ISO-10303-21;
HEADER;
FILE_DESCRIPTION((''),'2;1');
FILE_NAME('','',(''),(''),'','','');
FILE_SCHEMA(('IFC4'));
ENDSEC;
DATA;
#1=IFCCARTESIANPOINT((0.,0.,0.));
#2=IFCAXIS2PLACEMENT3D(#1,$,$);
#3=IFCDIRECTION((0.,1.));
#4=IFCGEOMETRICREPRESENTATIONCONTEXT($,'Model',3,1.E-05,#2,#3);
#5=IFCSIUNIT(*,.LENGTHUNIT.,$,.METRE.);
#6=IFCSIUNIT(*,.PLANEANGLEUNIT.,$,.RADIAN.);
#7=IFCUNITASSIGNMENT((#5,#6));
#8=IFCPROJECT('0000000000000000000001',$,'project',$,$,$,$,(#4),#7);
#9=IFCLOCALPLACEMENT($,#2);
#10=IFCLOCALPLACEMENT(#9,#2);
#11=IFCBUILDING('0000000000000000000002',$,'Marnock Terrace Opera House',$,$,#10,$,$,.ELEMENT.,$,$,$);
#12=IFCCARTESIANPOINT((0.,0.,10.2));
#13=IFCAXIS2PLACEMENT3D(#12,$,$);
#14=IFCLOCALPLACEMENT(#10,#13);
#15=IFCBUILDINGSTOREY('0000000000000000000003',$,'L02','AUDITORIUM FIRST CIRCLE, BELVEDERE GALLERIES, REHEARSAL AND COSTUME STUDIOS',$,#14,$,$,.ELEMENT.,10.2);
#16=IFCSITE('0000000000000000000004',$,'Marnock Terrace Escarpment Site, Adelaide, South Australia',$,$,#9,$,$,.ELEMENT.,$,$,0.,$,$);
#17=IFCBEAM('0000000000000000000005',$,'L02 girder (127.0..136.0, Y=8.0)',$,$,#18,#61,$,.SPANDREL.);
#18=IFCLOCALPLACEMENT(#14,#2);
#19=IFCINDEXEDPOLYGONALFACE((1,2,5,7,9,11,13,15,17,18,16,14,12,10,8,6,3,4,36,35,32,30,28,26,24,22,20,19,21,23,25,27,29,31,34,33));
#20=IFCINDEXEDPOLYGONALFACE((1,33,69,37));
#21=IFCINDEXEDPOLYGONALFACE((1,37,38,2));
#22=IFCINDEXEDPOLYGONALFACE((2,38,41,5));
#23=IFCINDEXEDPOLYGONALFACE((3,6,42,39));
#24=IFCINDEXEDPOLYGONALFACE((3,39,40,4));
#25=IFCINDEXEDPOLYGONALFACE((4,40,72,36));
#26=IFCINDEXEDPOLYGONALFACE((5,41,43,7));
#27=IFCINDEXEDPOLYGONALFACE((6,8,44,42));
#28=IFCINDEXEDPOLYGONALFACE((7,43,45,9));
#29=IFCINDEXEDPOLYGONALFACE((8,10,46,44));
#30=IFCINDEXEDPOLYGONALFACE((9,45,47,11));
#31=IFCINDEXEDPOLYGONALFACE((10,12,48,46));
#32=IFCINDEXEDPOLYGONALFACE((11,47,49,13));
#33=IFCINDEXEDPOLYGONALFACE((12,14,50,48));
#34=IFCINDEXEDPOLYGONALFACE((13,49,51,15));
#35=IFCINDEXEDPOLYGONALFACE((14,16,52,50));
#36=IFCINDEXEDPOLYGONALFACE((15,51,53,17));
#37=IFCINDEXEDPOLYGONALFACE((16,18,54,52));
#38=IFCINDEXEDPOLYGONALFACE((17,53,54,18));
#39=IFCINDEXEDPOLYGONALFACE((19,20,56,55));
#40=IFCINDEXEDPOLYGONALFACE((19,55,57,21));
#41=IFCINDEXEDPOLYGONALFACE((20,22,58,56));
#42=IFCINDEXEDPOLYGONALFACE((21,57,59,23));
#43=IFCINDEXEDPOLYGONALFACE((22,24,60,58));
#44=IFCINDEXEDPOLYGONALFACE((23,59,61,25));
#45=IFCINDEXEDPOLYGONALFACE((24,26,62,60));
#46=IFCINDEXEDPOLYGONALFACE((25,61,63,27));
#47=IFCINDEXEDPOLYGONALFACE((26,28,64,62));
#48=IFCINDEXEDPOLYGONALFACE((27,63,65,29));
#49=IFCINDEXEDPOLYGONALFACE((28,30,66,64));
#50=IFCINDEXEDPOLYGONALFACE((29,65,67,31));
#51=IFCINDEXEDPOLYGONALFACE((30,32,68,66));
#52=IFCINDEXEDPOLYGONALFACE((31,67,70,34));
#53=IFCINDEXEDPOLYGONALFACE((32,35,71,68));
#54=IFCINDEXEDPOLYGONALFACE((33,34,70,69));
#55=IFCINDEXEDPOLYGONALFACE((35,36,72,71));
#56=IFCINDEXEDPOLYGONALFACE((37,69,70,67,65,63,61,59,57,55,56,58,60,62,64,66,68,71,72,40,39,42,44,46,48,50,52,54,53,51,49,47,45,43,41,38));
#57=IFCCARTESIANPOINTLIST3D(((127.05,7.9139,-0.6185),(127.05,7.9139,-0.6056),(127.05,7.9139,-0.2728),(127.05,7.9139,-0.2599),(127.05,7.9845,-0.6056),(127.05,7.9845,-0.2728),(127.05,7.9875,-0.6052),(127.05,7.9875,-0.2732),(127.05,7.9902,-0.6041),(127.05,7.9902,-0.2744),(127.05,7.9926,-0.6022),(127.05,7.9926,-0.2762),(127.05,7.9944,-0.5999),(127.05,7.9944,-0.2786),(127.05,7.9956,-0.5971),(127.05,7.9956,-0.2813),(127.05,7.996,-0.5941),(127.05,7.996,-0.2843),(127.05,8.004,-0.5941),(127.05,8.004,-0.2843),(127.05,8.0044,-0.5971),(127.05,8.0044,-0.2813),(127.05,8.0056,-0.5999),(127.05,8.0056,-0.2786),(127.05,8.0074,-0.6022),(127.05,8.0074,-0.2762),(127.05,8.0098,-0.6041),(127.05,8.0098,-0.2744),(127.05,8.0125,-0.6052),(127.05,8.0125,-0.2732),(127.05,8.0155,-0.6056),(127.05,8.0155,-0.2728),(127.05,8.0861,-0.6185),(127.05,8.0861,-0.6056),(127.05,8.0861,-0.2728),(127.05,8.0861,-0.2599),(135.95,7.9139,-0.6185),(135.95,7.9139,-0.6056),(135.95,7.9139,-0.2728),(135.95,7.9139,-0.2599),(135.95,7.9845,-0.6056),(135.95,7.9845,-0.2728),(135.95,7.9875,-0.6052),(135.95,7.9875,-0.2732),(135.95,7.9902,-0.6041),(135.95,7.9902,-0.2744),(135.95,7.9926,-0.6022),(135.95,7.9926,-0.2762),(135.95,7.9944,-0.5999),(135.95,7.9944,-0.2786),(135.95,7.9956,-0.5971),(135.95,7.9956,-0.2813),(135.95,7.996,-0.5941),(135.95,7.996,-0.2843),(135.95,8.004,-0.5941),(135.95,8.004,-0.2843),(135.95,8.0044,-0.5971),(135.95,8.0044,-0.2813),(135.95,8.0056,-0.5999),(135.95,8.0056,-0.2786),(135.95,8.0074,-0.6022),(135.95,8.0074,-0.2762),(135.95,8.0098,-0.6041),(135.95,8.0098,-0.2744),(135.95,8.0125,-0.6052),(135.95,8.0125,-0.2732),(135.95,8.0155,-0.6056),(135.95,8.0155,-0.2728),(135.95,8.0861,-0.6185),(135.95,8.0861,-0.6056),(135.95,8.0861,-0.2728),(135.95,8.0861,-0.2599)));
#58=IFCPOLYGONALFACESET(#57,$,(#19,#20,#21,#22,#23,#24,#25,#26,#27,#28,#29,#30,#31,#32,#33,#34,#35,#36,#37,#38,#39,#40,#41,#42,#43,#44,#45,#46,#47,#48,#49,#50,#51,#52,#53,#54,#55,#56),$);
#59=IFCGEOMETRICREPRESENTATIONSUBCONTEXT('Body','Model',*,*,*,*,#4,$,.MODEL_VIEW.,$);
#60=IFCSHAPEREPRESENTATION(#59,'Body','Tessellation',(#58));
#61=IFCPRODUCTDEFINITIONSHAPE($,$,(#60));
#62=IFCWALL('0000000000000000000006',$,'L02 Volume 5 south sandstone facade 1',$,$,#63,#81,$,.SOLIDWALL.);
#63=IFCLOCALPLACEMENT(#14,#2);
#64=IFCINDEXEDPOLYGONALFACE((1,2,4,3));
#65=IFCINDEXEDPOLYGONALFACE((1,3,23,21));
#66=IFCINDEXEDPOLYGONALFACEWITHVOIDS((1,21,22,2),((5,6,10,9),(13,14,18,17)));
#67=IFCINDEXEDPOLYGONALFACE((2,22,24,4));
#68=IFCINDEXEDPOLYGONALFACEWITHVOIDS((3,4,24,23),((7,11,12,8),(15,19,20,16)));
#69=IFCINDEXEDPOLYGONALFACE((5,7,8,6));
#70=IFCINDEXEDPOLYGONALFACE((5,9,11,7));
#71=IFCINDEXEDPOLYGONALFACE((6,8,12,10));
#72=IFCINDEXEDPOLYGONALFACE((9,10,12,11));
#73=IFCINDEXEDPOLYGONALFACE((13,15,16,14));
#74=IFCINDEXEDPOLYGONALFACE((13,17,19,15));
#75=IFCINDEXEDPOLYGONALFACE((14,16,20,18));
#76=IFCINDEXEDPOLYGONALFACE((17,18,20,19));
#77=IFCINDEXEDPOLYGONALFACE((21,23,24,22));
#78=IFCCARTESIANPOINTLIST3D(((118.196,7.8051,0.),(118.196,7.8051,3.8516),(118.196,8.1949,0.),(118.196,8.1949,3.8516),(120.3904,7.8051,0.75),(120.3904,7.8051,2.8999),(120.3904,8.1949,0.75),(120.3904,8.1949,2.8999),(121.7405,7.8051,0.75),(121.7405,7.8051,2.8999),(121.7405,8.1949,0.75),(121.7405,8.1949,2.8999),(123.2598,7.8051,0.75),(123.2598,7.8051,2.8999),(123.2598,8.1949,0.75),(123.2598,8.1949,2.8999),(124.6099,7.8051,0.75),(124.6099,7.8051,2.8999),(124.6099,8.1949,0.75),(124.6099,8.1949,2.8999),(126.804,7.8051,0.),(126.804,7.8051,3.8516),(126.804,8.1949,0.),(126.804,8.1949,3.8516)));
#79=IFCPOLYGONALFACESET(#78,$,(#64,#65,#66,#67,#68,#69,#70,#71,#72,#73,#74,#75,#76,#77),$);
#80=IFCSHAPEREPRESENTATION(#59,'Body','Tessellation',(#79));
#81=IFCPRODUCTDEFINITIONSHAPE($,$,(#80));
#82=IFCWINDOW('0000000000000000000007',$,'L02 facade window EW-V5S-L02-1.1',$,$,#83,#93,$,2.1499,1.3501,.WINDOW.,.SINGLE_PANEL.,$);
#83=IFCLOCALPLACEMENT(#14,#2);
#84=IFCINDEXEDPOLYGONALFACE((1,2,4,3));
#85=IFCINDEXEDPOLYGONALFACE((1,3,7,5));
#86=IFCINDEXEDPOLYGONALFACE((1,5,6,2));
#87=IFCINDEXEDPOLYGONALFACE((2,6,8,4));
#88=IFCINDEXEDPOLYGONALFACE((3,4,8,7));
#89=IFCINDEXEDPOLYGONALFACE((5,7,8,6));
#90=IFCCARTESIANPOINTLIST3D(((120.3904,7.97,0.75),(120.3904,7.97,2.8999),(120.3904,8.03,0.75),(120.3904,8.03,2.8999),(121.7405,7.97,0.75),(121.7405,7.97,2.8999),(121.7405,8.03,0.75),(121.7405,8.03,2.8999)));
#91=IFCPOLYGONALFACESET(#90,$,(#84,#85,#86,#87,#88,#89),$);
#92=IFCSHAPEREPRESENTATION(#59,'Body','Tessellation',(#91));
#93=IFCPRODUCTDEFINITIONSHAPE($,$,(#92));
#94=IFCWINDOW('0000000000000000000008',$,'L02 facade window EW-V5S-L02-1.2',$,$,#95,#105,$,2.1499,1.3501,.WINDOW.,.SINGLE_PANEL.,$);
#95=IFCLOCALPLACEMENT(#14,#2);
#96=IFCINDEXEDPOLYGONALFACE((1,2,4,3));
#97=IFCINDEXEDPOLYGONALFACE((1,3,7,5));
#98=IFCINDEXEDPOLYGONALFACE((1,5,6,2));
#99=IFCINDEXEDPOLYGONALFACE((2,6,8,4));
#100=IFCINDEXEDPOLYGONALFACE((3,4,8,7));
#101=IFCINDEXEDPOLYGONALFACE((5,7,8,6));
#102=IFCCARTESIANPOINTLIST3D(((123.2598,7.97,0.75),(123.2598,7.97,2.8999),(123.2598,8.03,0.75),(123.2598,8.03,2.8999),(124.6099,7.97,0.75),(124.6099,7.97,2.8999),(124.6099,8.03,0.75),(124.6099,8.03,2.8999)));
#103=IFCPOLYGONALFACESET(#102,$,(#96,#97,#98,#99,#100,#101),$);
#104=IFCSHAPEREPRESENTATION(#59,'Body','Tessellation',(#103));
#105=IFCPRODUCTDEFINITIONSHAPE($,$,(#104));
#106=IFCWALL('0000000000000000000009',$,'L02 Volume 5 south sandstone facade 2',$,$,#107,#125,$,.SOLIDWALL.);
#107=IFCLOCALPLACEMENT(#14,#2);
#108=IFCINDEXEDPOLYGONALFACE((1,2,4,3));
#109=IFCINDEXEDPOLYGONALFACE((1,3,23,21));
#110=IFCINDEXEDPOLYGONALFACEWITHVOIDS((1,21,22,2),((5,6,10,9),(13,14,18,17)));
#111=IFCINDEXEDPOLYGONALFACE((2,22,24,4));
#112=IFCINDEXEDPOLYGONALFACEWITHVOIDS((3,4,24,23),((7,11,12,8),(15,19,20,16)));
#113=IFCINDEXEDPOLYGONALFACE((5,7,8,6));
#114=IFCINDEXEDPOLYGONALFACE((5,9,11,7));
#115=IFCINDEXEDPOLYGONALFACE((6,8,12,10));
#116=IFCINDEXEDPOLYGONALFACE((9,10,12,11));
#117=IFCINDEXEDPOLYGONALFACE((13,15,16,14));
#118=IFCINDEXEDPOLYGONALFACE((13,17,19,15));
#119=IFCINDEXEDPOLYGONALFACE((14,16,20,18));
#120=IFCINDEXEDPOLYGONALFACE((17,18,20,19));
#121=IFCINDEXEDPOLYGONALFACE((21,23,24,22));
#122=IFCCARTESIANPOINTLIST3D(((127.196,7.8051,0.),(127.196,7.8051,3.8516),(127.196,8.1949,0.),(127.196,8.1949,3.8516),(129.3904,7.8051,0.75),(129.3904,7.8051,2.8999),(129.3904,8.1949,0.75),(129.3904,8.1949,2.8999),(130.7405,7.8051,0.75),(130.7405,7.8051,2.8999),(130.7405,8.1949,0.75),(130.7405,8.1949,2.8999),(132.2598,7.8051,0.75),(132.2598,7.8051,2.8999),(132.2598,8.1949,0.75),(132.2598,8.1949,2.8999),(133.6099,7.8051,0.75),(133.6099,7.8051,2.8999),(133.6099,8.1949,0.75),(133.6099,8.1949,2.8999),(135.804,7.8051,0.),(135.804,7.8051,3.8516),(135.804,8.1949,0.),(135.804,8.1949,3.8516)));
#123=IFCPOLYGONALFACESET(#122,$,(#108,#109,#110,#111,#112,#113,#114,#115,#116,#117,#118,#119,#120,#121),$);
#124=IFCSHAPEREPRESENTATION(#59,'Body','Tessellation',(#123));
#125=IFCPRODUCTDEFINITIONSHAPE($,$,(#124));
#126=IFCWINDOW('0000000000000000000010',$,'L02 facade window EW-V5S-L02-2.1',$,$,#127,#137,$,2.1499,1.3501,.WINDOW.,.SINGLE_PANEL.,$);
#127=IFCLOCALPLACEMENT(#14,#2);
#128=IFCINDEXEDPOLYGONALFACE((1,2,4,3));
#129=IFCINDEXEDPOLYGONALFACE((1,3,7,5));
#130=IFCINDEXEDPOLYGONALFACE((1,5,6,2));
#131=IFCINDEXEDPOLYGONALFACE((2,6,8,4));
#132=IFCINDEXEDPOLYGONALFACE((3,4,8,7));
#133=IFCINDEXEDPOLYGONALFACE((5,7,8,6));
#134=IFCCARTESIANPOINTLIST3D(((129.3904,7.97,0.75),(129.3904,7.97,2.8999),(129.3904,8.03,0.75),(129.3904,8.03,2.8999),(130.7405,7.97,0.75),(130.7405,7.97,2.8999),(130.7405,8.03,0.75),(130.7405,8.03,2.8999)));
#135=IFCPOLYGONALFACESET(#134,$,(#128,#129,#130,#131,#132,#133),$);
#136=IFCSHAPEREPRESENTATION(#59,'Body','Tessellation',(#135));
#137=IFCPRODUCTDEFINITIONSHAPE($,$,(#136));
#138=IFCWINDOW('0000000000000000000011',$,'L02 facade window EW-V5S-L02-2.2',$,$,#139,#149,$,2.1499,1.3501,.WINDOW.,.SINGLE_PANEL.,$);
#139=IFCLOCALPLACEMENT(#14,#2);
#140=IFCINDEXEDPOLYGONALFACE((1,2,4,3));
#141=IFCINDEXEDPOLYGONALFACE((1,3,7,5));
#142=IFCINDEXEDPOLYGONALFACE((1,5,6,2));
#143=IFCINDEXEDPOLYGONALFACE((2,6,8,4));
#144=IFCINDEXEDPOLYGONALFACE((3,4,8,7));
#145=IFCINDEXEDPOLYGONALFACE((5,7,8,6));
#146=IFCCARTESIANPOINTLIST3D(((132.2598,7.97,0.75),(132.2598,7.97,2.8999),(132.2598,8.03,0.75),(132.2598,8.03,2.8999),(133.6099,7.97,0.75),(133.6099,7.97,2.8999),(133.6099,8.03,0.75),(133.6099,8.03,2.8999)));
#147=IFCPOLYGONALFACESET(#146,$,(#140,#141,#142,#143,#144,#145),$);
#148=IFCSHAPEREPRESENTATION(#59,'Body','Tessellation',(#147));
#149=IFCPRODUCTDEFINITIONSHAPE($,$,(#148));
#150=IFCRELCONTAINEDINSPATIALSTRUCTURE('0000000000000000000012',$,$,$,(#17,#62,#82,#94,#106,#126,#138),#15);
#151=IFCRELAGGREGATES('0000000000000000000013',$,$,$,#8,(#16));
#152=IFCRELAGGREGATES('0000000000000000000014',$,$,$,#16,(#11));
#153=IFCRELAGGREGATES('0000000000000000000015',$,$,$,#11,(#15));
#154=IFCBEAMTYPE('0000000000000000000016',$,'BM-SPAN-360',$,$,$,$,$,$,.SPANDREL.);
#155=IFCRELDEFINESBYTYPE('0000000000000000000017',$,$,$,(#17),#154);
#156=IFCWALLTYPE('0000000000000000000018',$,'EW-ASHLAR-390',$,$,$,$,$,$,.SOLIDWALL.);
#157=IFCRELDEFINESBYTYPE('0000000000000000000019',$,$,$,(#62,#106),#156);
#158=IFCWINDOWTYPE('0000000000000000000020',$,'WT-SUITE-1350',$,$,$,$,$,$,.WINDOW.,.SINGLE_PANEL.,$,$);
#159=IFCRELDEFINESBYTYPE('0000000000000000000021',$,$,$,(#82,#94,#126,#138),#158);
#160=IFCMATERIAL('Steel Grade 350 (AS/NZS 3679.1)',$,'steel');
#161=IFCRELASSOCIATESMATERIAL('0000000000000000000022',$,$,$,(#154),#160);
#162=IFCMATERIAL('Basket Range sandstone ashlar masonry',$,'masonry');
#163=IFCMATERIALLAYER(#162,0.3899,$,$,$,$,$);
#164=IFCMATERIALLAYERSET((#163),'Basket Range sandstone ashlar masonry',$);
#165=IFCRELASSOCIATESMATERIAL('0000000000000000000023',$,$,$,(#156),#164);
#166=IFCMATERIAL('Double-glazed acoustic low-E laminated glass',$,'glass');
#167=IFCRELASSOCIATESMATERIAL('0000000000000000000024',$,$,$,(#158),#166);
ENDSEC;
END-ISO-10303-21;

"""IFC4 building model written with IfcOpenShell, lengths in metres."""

from ifc_helpers import new_model, si_unit, direction, frame, frame_2d, origin, origin_2d, place, context, subcontext, project, spatial, rectangle, i_section, extrude, material, layer, layer_set, material_profile, profile_set, type_object, element, fill, save


model = new_model("IFC4")

# Units and contexts
model_context = context("Model", 3, precision=1e-05, world=origin(), true_north=direction((0.0, 1.0)))
body_context = subcontext(model_context, "Body", "Model", "MODEL_VIEW")
ifc_project = project(units=[si_unit("LENGTHUNIT", "METRE"), si_unit("PLANEANGLEUNIT", "RADIAN")], contexts=[model_context])

# Site, building, storey
site_placement = place(None, origin())
site = spatial("IfcSite", under=ifc_project, at=site_placement, Name="Marnock Terrace Escarpment Site, Adelaide, South Australia", CompositionType="ELEMENT", RefElevation=0.0)
building_placement = place(site_placement, origin())
building = spatial("IfcBuilding", under=site, at=building_placement, Name="Marnock Terrace Opera House", CompositionType="ELEMENT")
storey_placement = place(building_placement, frame((0.0, 0.0, 10.2)))
storey = spatial("IfcBuildingStorey", under=building, at=storey_placement, Name="L02", Description="AUDITORIUM FIRST CIRCLE, BELVEDERE GALLERIES, REHEARSAL AND COSTUME STUDIOS", CompositionType="ELEMENT", Elevation=10.2)

# Beam
ifc_material_1 = material(Name="Steel Grade 350 (AS/NZS 3679.1)", Category="steel")
ifc_material_profile_1 = material_profile(ifc_material_1, i_section(OverallWidth=0.1721, OverallDepth=0.3586, WebThickness=0.0081, FlangeThickness=0.0129, FilletRadius=0.0115, at=origin_2d()))
ifc_profile_set_1 = profile_set([ifc_material_profile_1], Name="Steel Grade 350 (AS/NZS 3679.1)")
beam_type_1 = type_object("IfcBeamType", Name="BM-SPAN-360", PredefinedType="SPANDREL", material=ifc_profile_set_1)
for number, where, z_axis, x_axis, name in (
    (1, (127.05, 8.0, -0.4392), (1.0, 0.0, 0.0), (0.0, 1.0, 0.0), "L02 girder (127.0..136.0, Y=8.0)"),
):
    element("IfcBeam", number, at=place(storey_placement, frame(where, z_axis=z_axis, x_axis=x_axis)), inside=storey, type_object=beam_type_1, Name=name, PredefinedType="SPANDREL", context=body_context, shape_type="SweptSolid", body=[
        extrude(i_section(OverallWidth=0.1721, OverallDepth=0.3586, WebThickness=0.0081, FlangeThickness=0.0129, FilletRadius=0.0115, at=origin_2d()), origin(), (0.0, 0.0, 1.0), 8.8999),
    ])

# Walls, openings, windows
ifc_material_2 = material(Name="Basket Range sandstone ashlar masonry", Category="masonry")
ifc_layer = layer(ifc_material_2, 0.3899)
ifc_layer_set = layer_set([ifc_layer], Name="Basket Range sandstone ashlar masonry")
wall_type = type_object("IfcWallType", Name="EW-ASHLAR-390", PredefinedType="SOLIDWALL", material=ifc_layer_set)
wall_1_placement = place(storey_placement, frame((118.196, 8.0, 0.0), z_axis=(0.0, 0.0, 1.0), x_axis=(1.0, 0.0, 0.0)))
wall_1 = element("IfcWall", 2, at=wall_1_placement, inside=storey, type_object=wall_type, Name="L02 Volume 5 south sandstone facade 1", PredefinedType="SOLIDWALL", context=body_context, shape_type="SweptSolid", body=[
    extrude(rectangle(XDim=8.6079, YDim=0.3899, at=frame_2d((4.304, 0.0))), origin(), (0.0, 0.0, 1.0), 3.8516),
])
opening_1_placement = place(wall_1_placement, frame((2.1943, 0.0, 0.75)))
opening_1 = element("IfcOpeningElement", 3, at=opening_1_placement, cuts=wall_1, PredefinedType="OPENING", context=body_context, shape_type="SweptSolid", body=[
    extrude(rectangle(XDim=1.3501, YDim=2.1499, at=frame_2d((0.675, 1.075))), frame((0.0, 0.2048, 0.0), z_axis=(0.0, -1.0, 0.0), x_axis=(1.0, 0.0, 0.0)), (0.0, 0.0, 1.0), 0.4099),
])
opening_2_placement = place(wall_1_placement, frame((5.0637, 0.0, 0.75)))
opening_2 = element("IfcOpeningElement", 4, at=opening_2_placement, cuts=wall_1, PredefinedType="OPENING", context=body_context, shape_type="SweptSolid", body=[
    extrude(rectangle(XDim=1.3501, YDim=2.1499, at=frame_2d((0.675, 1.075))), frame((0.0, 0.2048, 0.0), z_axis=(0.0, -1.0, 0.0), x_axis=(1.0, 0.0, 0.0)), (0.0, 0.0, 1.0), 0.4099),
])
ifc_material_3 = material(Name="Double-glazed acoustic low-E laminated glass", Category="glass")
window_type = type_object("IfcWindowType", Name="WT-SUITE-1350", PartitioningType="SINGLE_PANEL", PredefinedType="WINDOW", material=ifc_material_3)
window_1_placement = place(opening_1_placement, origin())
window_1 = element("IfcWindow", 5, at=window_1_placement, inside=storey, type_object=window_type, Name="L02 facade window EW-V5S-L02-1.1", OverallHeight=2.1499, OverallWidth=1.3501, PartitioningType="SINGLE_PANEL", PredefinedType="WINDOW", context=body_context, shape_type="SweptSolid", body=[
    extrude(rectangle(XDim=1.3501, YDim=2.1499, at=frame_2d((0.675, 1.075))), frame((0.0, 0.03, 0.0), z_axis=(0.0, -1.0, 0.0), x_axis=(1.0, 0.0, 0.0)), (0.0, 0.0, 1.0), 0.0601),
])
fill(opening_1, window_1)
window_2_placement = place(opening_2_placement, origin())
window_2 = element("IfcWindow", 6, at=window_2_placement, inside=storey, type_object=window_type, Name="L02 facade window EW-V5S-L02-1.2", OverallHeight=2.1499, OverallWidth=1.3501, PartitioningType="SINGLE_PANEL", PredefinedType="WINDOW", context=body_context, shape_type="SweptSolid", body=[
    extrude(rectangle(XDim=1.3501, YDim=2.1499, at=frame_2d((0.675, 1.075))), frame((0.0, 0.03, 0.0), z_axis=(0.0, -1.0, 0.0), x_axis=(1.0, 0.0, 0.0)), (0.0, 0.0, 1.0), 0.0601),
])
fill(opening_2, window_2)
wall_2_placement = place(storey_placement, frame((127.196, 8.0, 0.0), z_axis=(0.0, 0.0, 1.0), x_axis=(1.0, 0.0, 0.0)))
wall_2 = element("IfcWall", 7, at=wall_2_placement, inside=storey, type_object=wall_type, Name="L02 Volume 5 south sandstone facade 2", PredefinedType="SOLIDWALL", context=body_context, shape_type="SweptSolid", body=[
    extrude(rectangle(XDim=8.6079, YDim=0.3899, at=frame_2d((4.304, 0.0))), origin(), (0.0, 0.0, 1.0), 3.8516),
])
opening_3_placement = place(wall_2_placement, frame((2.1943, 0.0, 0.75)))
opening_3 = element("IfcOpeningElement", 8, at=opening_3_placement, cuts=wall_2, PredefinedType="OPENING", context=body_context, shape_type="SweptSolid", body=[
    extrude(rectangle(XDim=1.3501, YDim=2.1499, at=frame_2d((0.675, 1.075))), frame((0.0, 0.2048, 0.0), z_axis=(0.0, -1.0, 0.0), x_axis=(1.0, 0.0, 0.0)), (0.0, 0.0, 1.0), 0.4099),
])
opening_4_placement = place(wall_2_placement, frame((5.0637, 0.0, 0.75)))
opening_4 = element("IfcOpeningElement", 9, at=opening_4_placement, cuts=wall_2, PredefinedType="OPENING", context=body_context, shape_type="SweptSolid", body=[
    extrude(rectangle(XDim=1.3501, YDim=2.1499, at=frame_2d((0.675, 1.075))), frame((0.0, 0.2048, 0.0), z_axis=(0.0, -1.0, 0.0), x_axis=(1.0, 0.0, 0.0)), (0.0, 0.0, 1.0), 0.4099),
])
window_3_placement = place(opening_3_placement, origin())
window_3 = element("IfcWindow", 10, at=window_3_placement, inside=storey, type_object=window_type, Name="L02 facade window EW-V5S-L02-2.1", OverallHeight=2.1499, OverallWidth=1.3501, PartitioningType="SINGLE_PANEL", PredefinedType="WINDOW", context=body_context, shape_type="SweptSolid", body=[
    extrude(rectangle(XDim=1.3501, YDim=2.1499, at=frame_2d((0.675, 1.075))), frame((0.0, 0.03, 0.0), z_axis=(0.0, -1.0, 0.0), x_axis=(1.0, 0.0, 0.0)), (0.0, 0.0, 1.0), 0.0601),
])
fill(opening_3, window_3)
window_4_placement = place(opening_4_placement, origin())
window_4 = element("IfcWindow", 11, at=window_4_placement, inside=storey, type_object=window_type, Name="L02 facade window EW-V5S-L02-2.2", OverallHeight=2.1499, OverallWidth=1.3501, PartitioningType="SINGLE_PANEL", PredefinedType="WINDOW", context=body_context, shape_type="SweptSolid", body=[
    extrude(rectangle(XDim=1.3501, YDim=2.1499, at=frame_2d((0.675, 1.075))), frame((0.0, 0.03, 0.0), z_axis=(0.0, -1.0, 0.0), x_axis=(1.0, 0.0, 0.0)), (0.0, 0.0, 1.0), 0.0601),
])
fill(opening_4, window_4)

save(model, "model.ifc")
